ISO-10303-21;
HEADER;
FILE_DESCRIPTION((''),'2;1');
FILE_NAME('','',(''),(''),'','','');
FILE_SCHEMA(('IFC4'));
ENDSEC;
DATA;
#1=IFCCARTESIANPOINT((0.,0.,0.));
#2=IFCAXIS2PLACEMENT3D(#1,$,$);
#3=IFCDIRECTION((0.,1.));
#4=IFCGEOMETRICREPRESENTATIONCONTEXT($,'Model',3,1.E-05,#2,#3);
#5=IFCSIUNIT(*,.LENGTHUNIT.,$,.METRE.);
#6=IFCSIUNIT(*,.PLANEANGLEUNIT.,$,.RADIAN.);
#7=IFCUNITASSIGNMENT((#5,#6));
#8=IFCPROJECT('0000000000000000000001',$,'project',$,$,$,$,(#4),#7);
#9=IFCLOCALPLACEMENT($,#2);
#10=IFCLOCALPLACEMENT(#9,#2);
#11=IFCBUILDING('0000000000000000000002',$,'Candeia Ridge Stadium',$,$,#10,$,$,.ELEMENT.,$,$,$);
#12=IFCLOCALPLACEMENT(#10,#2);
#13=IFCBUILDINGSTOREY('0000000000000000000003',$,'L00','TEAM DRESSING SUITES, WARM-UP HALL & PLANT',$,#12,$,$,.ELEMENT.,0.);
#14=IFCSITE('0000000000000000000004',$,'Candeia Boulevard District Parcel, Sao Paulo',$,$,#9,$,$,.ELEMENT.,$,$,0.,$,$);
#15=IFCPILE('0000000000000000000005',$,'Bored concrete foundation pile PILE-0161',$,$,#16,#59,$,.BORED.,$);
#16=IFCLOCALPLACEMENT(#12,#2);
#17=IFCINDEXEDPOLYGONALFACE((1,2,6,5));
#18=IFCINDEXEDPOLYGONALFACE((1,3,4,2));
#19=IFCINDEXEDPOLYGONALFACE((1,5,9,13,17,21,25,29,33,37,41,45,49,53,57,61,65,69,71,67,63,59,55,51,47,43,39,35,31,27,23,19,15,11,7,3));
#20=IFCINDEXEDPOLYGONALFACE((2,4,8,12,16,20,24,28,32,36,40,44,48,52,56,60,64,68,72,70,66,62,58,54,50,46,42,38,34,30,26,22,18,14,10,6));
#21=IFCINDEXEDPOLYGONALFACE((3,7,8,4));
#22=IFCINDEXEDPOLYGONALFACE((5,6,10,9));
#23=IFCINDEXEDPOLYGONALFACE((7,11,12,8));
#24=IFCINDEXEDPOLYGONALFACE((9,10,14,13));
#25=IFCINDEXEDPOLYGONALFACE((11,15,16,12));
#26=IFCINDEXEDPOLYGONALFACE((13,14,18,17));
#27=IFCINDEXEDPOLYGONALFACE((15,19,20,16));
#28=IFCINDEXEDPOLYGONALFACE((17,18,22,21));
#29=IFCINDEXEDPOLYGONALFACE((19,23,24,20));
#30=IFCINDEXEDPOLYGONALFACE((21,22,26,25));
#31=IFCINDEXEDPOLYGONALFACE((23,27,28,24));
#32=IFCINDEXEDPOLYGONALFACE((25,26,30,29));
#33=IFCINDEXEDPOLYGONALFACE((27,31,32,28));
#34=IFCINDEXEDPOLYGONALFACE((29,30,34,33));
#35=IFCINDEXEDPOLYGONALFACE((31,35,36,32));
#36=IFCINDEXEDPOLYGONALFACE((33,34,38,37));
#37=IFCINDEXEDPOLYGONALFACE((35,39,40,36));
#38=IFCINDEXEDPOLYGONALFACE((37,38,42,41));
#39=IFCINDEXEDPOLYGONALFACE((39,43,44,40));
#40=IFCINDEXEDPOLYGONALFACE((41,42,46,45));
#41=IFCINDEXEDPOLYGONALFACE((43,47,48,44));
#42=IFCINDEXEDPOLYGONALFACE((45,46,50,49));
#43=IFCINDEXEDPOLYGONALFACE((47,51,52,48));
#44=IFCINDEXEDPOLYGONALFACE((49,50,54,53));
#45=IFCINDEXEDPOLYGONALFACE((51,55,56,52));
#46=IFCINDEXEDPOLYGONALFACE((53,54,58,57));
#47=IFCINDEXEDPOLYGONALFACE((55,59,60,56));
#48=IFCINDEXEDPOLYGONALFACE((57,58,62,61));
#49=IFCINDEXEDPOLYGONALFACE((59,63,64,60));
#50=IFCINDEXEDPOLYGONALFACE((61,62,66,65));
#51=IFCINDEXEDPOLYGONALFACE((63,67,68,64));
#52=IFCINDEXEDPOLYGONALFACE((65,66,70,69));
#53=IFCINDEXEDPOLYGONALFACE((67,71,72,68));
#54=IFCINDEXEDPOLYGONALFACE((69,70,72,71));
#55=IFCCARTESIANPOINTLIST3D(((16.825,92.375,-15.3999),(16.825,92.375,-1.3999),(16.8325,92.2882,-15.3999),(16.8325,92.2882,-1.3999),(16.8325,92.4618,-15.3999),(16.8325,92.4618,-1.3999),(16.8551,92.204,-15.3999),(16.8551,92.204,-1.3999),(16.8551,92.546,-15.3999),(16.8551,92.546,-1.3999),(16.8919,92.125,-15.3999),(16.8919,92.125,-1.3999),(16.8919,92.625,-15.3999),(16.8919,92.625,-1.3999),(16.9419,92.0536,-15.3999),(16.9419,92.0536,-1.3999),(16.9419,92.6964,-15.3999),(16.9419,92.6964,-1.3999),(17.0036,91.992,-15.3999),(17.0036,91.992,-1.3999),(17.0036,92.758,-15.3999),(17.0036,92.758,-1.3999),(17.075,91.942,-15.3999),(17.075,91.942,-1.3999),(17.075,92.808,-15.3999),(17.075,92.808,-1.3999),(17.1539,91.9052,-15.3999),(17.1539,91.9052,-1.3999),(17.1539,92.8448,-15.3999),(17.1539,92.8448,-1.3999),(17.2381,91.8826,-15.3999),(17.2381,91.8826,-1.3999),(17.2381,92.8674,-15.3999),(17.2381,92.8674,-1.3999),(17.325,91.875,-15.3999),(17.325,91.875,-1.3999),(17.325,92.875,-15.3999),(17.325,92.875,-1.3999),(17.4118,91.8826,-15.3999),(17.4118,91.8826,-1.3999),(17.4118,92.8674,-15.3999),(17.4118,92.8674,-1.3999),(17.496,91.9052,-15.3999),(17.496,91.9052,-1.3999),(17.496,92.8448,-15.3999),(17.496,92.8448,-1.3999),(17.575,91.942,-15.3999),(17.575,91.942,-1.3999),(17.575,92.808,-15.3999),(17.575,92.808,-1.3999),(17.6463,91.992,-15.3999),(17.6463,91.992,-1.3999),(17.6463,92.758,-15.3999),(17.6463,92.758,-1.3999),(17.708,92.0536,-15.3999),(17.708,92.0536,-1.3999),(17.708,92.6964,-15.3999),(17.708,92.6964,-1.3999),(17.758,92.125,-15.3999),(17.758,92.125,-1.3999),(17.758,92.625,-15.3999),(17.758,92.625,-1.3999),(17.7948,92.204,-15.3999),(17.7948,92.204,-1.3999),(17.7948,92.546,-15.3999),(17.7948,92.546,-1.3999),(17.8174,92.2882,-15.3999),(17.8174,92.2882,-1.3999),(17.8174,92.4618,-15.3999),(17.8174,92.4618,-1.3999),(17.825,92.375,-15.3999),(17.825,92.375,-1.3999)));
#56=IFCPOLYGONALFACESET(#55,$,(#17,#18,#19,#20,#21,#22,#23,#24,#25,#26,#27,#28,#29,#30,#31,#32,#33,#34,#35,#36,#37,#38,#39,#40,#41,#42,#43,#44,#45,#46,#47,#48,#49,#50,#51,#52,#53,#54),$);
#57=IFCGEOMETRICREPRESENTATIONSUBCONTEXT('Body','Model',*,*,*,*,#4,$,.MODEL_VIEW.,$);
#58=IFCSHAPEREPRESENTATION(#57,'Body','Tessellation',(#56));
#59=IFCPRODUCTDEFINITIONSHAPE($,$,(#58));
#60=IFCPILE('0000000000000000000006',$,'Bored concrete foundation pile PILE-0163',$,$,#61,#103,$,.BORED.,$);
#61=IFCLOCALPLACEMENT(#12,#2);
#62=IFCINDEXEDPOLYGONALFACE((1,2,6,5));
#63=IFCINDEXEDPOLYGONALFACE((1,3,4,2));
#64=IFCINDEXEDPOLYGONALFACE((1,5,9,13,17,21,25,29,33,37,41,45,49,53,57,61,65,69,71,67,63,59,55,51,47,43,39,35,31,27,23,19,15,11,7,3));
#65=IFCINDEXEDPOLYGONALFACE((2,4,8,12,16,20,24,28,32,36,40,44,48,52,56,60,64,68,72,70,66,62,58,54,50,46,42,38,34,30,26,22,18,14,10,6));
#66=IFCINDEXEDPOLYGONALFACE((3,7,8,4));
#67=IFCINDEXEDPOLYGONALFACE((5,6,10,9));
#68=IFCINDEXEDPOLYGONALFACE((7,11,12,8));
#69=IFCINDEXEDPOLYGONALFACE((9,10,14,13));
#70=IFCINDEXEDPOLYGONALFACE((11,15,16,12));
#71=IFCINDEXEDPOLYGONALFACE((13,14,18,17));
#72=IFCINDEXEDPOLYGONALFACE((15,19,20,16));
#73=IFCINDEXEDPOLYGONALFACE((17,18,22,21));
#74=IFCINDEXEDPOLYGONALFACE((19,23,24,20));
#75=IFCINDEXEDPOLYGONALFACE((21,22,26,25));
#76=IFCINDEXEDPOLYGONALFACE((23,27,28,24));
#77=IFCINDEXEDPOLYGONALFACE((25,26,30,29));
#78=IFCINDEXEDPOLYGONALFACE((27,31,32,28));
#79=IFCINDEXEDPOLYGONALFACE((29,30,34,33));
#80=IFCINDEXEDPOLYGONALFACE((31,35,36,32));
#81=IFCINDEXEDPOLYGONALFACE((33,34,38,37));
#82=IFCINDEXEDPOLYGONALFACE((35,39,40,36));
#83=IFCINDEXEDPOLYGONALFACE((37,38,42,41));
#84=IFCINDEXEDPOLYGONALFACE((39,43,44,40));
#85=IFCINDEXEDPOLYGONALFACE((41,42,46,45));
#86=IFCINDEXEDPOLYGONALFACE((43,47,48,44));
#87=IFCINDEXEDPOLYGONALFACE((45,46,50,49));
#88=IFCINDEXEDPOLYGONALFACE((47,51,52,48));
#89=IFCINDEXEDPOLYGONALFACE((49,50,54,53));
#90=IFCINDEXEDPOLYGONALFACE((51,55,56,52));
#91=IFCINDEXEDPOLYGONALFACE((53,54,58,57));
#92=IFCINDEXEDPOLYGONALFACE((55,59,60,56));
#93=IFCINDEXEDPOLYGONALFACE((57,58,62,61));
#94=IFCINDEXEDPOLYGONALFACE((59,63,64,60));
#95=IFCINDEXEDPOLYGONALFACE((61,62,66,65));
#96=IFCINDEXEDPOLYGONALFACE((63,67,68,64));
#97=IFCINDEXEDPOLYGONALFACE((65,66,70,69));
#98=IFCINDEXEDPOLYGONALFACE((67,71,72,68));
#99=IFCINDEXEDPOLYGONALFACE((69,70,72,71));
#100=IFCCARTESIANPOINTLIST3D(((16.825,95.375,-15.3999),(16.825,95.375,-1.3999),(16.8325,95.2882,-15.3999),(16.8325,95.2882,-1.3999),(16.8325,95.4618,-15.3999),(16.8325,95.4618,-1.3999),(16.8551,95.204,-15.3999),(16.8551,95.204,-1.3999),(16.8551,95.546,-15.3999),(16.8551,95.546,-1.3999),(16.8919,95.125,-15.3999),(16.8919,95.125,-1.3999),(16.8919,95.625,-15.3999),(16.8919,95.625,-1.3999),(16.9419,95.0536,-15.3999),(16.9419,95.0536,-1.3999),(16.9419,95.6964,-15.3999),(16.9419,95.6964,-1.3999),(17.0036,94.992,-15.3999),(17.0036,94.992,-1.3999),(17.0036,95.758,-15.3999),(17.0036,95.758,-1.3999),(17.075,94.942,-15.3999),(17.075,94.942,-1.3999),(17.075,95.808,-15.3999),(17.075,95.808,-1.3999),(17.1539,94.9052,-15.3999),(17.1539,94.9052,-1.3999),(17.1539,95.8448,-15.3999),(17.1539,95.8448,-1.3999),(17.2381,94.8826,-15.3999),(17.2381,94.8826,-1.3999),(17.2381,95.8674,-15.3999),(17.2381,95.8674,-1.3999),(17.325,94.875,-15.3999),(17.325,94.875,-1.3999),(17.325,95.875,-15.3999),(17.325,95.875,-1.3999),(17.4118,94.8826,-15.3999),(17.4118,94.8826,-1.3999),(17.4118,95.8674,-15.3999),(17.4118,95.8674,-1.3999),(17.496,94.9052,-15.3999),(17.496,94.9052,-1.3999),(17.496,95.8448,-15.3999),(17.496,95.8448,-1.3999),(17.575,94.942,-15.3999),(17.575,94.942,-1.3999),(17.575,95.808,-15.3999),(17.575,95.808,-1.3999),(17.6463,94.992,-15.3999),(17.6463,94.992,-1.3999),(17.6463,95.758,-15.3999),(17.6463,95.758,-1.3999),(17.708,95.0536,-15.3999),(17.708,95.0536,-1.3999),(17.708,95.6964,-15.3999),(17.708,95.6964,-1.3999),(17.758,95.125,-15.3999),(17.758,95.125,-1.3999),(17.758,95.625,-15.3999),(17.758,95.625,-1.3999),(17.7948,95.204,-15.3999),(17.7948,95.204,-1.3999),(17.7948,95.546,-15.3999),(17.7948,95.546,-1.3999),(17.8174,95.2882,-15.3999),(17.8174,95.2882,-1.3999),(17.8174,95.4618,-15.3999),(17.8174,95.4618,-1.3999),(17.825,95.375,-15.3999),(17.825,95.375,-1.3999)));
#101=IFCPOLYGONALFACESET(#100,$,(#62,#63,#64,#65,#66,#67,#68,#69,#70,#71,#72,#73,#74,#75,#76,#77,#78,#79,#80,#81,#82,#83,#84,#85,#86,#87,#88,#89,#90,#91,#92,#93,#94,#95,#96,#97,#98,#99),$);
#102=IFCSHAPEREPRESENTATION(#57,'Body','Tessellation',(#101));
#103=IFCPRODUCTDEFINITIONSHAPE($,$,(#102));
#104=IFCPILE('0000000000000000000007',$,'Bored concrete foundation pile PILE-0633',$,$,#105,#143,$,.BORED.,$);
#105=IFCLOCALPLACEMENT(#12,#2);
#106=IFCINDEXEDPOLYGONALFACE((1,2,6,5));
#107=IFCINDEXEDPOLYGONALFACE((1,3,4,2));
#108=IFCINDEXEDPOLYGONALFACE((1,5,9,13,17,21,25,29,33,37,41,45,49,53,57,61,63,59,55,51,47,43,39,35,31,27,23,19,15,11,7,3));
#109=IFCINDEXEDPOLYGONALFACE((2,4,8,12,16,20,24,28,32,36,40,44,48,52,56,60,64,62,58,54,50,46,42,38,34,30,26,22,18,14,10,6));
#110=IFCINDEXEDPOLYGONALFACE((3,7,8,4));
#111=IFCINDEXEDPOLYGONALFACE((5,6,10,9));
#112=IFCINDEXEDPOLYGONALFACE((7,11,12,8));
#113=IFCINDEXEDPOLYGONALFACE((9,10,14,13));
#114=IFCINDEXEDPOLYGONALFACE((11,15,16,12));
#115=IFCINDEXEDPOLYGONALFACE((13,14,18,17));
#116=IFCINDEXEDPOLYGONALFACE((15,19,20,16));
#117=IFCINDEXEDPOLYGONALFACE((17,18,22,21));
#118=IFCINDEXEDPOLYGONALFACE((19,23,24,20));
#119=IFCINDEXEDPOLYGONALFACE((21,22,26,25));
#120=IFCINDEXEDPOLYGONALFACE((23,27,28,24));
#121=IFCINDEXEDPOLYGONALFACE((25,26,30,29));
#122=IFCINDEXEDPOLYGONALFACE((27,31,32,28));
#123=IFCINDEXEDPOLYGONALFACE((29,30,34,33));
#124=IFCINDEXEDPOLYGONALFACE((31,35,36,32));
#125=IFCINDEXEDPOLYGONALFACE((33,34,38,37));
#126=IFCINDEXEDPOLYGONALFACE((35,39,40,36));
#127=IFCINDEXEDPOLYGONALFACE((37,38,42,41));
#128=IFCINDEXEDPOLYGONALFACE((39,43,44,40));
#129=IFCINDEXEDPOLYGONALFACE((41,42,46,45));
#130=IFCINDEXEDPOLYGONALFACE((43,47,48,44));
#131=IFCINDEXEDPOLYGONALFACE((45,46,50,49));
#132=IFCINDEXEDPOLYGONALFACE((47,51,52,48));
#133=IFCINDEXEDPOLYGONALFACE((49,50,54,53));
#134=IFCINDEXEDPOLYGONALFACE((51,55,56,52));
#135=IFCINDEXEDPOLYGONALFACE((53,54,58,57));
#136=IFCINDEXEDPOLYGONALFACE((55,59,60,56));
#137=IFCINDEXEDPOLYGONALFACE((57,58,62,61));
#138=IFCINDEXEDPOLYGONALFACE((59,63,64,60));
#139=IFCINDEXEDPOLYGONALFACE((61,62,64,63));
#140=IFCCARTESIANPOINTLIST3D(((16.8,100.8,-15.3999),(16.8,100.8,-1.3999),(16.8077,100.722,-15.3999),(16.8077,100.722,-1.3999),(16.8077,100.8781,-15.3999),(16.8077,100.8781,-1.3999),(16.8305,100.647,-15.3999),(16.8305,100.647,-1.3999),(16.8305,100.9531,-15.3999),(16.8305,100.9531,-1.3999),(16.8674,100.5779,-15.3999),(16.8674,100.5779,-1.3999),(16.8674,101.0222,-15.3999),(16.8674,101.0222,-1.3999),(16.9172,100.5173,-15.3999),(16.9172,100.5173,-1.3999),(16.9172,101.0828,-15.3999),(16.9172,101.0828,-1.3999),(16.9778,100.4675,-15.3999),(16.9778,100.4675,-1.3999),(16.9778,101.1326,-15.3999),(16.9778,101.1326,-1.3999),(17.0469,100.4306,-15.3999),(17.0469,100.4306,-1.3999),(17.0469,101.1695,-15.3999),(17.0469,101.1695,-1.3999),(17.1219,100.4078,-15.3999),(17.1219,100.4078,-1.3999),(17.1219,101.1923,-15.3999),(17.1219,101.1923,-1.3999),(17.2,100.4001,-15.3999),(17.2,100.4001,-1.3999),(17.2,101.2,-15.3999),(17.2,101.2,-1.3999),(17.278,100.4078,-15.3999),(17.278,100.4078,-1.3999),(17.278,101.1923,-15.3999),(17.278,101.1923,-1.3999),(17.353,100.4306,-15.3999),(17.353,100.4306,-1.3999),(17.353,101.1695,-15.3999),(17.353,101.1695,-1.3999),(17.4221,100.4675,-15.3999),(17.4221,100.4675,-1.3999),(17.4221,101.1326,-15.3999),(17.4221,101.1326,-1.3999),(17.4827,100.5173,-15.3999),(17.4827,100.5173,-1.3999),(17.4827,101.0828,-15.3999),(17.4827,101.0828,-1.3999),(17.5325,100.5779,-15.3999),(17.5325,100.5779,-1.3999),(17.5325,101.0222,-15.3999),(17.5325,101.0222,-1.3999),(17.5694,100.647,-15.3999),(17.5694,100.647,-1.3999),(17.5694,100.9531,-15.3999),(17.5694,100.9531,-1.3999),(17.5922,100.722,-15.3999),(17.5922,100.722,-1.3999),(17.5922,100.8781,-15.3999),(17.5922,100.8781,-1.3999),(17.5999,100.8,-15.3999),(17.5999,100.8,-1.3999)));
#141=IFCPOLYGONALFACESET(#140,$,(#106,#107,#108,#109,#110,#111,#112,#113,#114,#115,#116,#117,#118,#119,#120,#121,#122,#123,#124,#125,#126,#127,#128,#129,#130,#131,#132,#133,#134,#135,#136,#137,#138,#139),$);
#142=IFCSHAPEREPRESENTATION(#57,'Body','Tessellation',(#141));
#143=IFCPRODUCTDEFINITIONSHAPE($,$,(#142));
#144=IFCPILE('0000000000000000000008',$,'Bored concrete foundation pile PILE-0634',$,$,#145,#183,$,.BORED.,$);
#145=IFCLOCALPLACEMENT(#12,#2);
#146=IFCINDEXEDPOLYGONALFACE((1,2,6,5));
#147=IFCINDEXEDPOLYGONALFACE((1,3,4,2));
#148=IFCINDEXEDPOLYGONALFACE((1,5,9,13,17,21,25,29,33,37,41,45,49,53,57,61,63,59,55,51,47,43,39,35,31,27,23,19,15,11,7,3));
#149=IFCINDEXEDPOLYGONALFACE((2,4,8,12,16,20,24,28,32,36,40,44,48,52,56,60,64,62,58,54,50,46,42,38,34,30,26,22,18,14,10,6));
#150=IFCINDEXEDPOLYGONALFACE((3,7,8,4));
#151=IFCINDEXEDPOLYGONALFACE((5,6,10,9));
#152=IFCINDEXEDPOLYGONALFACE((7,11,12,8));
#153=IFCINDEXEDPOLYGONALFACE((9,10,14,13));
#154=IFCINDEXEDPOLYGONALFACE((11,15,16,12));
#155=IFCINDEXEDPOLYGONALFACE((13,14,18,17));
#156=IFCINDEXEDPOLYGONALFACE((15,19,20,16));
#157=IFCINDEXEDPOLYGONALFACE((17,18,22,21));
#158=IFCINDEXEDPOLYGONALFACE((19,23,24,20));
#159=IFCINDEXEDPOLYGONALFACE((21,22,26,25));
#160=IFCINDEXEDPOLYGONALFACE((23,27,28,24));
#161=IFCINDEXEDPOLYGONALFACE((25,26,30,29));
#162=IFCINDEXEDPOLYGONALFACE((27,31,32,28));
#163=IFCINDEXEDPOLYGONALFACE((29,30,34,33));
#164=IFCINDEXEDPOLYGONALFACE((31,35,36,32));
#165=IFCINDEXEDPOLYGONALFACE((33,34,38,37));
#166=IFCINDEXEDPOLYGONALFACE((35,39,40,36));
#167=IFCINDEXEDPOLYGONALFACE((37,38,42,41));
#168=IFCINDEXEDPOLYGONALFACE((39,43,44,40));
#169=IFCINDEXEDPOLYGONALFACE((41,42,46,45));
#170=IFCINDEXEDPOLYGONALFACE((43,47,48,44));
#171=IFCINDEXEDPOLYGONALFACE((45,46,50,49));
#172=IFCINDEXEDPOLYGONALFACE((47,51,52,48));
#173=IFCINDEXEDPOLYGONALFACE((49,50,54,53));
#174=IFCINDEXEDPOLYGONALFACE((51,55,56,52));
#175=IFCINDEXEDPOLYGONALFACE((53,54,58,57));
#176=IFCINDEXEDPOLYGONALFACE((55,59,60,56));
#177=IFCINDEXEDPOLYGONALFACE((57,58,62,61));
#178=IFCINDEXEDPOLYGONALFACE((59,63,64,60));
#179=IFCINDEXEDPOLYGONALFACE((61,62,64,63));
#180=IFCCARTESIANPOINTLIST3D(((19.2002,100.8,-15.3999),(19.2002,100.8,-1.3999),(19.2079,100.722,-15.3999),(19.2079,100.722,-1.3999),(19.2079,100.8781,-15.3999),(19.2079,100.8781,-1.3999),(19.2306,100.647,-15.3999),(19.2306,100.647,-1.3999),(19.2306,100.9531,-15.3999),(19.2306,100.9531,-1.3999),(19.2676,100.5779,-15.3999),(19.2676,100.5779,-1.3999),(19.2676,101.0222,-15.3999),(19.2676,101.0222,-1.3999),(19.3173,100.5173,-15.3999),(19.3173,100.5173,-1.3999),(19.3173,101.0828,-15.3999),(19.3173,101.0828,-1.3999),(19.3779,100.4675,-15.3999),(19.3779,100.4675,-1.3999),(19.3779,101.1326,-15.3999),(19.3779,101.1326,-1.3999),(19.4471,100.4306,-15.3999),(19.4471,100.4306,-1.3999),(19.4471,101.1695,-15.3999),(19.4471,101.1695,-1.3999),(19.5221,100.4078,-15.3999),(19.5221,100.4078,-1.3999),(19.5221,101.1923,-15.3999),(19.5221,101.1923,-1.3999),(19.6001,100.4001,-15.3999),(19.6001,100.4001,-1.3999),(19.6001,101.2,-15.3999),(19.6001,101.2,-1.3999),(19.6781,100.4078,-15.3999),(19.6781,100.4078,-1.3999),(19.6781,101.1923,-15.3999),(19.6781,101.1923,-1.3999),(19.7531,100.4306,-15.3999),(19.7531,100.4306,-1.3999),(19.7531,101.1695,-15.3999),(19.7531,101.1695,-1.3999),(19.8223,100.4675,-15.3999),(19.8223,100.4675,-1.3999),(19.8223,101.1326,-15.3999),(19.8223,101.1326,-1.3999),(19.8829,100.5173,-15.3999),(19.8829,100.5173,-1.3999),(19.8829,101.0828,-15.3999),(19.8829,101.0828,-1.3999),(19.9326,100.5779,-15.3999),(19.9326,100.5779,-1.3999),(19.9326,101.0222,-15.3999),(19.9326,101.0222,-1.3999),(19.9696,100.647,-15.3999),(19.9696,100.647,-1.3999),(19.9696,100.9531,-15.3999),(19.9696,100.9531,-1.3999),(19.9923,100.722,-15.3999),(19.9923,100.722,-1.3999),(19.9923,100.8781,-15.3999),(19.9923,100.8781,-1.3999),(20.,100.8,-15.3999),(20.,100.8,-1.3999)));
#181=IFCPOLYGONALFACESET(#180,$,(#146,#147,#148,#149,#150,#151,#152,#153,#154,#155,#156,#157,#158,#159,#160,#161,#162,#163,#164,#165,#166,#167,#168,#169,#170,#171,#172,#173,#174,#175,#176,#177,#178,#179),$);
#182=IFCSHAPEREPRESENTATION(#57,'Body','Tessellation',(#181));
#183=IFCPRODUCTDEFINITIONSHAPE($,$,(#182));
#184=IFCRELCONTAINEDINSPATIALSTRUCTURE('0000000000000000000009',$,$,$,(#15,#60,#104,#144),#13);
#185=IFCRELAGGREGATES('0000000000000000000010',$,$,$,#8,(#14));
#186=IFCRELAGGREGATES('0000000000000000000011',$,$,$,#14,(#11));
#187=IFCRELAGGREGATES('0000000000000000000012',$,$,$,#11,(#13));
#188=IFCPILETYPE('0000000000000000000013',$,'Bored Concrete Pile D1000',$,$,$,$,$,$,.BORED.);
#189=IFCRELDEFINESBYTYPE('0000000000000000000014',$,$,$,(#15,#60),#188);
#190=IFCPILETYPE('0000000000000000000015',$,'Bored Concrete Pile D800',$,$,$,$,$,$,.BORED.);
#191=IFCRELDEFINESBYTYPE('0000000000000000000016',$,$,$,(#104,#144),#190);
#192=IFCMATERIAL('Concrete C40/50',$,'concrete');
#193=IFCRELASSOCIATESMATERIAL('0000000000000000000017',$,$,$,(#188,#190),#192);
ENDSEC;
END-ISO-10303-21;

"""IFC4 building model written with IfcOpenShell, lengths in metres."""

from ifc_helpers import new_model, si_unit, direction, frame, origin, origin_2d, place, context, subcontext, project, spatial, circle, extrude, material, material_profile, profile_set, type_object, element, save


model = new_model("IFC4")

# Units and contexts
model_context = context("Model", 3, precision=1e-05, world=origin(), true_north=direction((0.0, 1.0)))
body_context = subcontext(model_context, "Body", "Model", "MODEL_VIEW")
ifc_project = project(units=[si_unit("LENGTHUNIT", "METRE"), si_unit("PLANEANGLEUNIT", "RADIAN")], contexts=[model_context])

# Site, building, storey
site_placement = place(None, origin())
site = spatial("IfcSite", under=ifc_project, at=site_placement, Name="Candeia Boulevard District Parcel, Sao Paulo", CompositionType="ELEMENT", RefElevation=0.0)
building_placement = place(site_placement, origin())
building = spatial("IfcBuilding", under=site, at=building_placement, Name="Candeia Ridge Stadium", CompositionType="ELEMENT")
storey_placement = place(building_placement, origin())
storey = spatial("IfcBuildingStorey", under=building, at=storey_placement, Name="L00", Description="TEAM DRESSING SUITES, WARM-UP HALL & PLANT", CompositionType="ELEMENT", Elevation=0.0)

# Piles
ifc_material_1 = material(Name="Concrete C40/50", Category="concrete")
ifc_material_profile_1 = material_profile(ifc_material_1, circle(Radius=0.5, at=origin_2d()), Name="PILE-D1000", Category="concrete")
ifc_profile_set_1 = profile_set([ifc_material_profile_1], Name="Concrete C40/50")
pile_type_1 = type_object("IfcPileType", Name="Bored Concrete Pile D1000", PredefinedType="BORED", material=ifc_profile_set_1)
for number, where, z_axis, x_axis, name in (
    (1, (17.325, 92.375, -1.3999), (0.0, 0.0, -1.0), (1.0, 0.0, 0.0), "Bored concrete foundation pile PILE-0161"),
    (2, (17.325, 95.375, -1.3999), (0.0, 0.0, -1.0), (1.0, 0.0, 0.0), "Bored concrete foundation pile PILE-0163"),
):
    element("IfcPile", number, at=place(storey_placement, frame(where, z_axis=z_axis, x_axis=x_axis)), inside=storey, type_object=pile_type_1, Name=name, PredefinedType="BORED", context=body_context, shape_type="SweptSolid", body=[
        extrude(circle(Radius=0.5, at=origin_2d()), origin(), (0.0, 0.0, 1.0), 14.0),
    ])
ifc_material_profile_2 = material_profile(ifc_material_1, circle(Radius=0.3999, at=origin_2d()), Name="PILE-D800", Category="concrete")
ifc_profile_set_2 = profile_set([ifc_material_profile_2], Name="Concrete C40/50")
pile_type_2 = type_object("IfcPileType", Name="Bored Concrete Pile D800", PredefinedType="BORED", material=ifc_profile_set_2)
for number, where, z_axis, x_axis, name in (
    (3, (17.2, 100.8, -1.3999), (0.0, 0.0, -1.0), (1.0, 0.0, 0.0), "Bored concrete foundation pile PILE-0633"),
    (4, (19.6001, 100.8, -1.3999), (0.0, 0.0, -1.0), (1.0, 0.0, 0.0), "Bored concrete foundation pile PILE-0634"),
):
    element("IfcPile", number, at=place(storey_placement, frame(where, z_axis=z_axis, x_axis=x_axis)), inside=storey, type_object=pile_type_2, Name=name, PredefinedType="BORED", context=body_context, shape_type="SweptSolid", body=[
        extrude(circle(Radius=0.3999, at=origin_2d()), origin(), (0.0, 0.0, 1.0), 14.0),
    ])

save(model, "model.ifc")
